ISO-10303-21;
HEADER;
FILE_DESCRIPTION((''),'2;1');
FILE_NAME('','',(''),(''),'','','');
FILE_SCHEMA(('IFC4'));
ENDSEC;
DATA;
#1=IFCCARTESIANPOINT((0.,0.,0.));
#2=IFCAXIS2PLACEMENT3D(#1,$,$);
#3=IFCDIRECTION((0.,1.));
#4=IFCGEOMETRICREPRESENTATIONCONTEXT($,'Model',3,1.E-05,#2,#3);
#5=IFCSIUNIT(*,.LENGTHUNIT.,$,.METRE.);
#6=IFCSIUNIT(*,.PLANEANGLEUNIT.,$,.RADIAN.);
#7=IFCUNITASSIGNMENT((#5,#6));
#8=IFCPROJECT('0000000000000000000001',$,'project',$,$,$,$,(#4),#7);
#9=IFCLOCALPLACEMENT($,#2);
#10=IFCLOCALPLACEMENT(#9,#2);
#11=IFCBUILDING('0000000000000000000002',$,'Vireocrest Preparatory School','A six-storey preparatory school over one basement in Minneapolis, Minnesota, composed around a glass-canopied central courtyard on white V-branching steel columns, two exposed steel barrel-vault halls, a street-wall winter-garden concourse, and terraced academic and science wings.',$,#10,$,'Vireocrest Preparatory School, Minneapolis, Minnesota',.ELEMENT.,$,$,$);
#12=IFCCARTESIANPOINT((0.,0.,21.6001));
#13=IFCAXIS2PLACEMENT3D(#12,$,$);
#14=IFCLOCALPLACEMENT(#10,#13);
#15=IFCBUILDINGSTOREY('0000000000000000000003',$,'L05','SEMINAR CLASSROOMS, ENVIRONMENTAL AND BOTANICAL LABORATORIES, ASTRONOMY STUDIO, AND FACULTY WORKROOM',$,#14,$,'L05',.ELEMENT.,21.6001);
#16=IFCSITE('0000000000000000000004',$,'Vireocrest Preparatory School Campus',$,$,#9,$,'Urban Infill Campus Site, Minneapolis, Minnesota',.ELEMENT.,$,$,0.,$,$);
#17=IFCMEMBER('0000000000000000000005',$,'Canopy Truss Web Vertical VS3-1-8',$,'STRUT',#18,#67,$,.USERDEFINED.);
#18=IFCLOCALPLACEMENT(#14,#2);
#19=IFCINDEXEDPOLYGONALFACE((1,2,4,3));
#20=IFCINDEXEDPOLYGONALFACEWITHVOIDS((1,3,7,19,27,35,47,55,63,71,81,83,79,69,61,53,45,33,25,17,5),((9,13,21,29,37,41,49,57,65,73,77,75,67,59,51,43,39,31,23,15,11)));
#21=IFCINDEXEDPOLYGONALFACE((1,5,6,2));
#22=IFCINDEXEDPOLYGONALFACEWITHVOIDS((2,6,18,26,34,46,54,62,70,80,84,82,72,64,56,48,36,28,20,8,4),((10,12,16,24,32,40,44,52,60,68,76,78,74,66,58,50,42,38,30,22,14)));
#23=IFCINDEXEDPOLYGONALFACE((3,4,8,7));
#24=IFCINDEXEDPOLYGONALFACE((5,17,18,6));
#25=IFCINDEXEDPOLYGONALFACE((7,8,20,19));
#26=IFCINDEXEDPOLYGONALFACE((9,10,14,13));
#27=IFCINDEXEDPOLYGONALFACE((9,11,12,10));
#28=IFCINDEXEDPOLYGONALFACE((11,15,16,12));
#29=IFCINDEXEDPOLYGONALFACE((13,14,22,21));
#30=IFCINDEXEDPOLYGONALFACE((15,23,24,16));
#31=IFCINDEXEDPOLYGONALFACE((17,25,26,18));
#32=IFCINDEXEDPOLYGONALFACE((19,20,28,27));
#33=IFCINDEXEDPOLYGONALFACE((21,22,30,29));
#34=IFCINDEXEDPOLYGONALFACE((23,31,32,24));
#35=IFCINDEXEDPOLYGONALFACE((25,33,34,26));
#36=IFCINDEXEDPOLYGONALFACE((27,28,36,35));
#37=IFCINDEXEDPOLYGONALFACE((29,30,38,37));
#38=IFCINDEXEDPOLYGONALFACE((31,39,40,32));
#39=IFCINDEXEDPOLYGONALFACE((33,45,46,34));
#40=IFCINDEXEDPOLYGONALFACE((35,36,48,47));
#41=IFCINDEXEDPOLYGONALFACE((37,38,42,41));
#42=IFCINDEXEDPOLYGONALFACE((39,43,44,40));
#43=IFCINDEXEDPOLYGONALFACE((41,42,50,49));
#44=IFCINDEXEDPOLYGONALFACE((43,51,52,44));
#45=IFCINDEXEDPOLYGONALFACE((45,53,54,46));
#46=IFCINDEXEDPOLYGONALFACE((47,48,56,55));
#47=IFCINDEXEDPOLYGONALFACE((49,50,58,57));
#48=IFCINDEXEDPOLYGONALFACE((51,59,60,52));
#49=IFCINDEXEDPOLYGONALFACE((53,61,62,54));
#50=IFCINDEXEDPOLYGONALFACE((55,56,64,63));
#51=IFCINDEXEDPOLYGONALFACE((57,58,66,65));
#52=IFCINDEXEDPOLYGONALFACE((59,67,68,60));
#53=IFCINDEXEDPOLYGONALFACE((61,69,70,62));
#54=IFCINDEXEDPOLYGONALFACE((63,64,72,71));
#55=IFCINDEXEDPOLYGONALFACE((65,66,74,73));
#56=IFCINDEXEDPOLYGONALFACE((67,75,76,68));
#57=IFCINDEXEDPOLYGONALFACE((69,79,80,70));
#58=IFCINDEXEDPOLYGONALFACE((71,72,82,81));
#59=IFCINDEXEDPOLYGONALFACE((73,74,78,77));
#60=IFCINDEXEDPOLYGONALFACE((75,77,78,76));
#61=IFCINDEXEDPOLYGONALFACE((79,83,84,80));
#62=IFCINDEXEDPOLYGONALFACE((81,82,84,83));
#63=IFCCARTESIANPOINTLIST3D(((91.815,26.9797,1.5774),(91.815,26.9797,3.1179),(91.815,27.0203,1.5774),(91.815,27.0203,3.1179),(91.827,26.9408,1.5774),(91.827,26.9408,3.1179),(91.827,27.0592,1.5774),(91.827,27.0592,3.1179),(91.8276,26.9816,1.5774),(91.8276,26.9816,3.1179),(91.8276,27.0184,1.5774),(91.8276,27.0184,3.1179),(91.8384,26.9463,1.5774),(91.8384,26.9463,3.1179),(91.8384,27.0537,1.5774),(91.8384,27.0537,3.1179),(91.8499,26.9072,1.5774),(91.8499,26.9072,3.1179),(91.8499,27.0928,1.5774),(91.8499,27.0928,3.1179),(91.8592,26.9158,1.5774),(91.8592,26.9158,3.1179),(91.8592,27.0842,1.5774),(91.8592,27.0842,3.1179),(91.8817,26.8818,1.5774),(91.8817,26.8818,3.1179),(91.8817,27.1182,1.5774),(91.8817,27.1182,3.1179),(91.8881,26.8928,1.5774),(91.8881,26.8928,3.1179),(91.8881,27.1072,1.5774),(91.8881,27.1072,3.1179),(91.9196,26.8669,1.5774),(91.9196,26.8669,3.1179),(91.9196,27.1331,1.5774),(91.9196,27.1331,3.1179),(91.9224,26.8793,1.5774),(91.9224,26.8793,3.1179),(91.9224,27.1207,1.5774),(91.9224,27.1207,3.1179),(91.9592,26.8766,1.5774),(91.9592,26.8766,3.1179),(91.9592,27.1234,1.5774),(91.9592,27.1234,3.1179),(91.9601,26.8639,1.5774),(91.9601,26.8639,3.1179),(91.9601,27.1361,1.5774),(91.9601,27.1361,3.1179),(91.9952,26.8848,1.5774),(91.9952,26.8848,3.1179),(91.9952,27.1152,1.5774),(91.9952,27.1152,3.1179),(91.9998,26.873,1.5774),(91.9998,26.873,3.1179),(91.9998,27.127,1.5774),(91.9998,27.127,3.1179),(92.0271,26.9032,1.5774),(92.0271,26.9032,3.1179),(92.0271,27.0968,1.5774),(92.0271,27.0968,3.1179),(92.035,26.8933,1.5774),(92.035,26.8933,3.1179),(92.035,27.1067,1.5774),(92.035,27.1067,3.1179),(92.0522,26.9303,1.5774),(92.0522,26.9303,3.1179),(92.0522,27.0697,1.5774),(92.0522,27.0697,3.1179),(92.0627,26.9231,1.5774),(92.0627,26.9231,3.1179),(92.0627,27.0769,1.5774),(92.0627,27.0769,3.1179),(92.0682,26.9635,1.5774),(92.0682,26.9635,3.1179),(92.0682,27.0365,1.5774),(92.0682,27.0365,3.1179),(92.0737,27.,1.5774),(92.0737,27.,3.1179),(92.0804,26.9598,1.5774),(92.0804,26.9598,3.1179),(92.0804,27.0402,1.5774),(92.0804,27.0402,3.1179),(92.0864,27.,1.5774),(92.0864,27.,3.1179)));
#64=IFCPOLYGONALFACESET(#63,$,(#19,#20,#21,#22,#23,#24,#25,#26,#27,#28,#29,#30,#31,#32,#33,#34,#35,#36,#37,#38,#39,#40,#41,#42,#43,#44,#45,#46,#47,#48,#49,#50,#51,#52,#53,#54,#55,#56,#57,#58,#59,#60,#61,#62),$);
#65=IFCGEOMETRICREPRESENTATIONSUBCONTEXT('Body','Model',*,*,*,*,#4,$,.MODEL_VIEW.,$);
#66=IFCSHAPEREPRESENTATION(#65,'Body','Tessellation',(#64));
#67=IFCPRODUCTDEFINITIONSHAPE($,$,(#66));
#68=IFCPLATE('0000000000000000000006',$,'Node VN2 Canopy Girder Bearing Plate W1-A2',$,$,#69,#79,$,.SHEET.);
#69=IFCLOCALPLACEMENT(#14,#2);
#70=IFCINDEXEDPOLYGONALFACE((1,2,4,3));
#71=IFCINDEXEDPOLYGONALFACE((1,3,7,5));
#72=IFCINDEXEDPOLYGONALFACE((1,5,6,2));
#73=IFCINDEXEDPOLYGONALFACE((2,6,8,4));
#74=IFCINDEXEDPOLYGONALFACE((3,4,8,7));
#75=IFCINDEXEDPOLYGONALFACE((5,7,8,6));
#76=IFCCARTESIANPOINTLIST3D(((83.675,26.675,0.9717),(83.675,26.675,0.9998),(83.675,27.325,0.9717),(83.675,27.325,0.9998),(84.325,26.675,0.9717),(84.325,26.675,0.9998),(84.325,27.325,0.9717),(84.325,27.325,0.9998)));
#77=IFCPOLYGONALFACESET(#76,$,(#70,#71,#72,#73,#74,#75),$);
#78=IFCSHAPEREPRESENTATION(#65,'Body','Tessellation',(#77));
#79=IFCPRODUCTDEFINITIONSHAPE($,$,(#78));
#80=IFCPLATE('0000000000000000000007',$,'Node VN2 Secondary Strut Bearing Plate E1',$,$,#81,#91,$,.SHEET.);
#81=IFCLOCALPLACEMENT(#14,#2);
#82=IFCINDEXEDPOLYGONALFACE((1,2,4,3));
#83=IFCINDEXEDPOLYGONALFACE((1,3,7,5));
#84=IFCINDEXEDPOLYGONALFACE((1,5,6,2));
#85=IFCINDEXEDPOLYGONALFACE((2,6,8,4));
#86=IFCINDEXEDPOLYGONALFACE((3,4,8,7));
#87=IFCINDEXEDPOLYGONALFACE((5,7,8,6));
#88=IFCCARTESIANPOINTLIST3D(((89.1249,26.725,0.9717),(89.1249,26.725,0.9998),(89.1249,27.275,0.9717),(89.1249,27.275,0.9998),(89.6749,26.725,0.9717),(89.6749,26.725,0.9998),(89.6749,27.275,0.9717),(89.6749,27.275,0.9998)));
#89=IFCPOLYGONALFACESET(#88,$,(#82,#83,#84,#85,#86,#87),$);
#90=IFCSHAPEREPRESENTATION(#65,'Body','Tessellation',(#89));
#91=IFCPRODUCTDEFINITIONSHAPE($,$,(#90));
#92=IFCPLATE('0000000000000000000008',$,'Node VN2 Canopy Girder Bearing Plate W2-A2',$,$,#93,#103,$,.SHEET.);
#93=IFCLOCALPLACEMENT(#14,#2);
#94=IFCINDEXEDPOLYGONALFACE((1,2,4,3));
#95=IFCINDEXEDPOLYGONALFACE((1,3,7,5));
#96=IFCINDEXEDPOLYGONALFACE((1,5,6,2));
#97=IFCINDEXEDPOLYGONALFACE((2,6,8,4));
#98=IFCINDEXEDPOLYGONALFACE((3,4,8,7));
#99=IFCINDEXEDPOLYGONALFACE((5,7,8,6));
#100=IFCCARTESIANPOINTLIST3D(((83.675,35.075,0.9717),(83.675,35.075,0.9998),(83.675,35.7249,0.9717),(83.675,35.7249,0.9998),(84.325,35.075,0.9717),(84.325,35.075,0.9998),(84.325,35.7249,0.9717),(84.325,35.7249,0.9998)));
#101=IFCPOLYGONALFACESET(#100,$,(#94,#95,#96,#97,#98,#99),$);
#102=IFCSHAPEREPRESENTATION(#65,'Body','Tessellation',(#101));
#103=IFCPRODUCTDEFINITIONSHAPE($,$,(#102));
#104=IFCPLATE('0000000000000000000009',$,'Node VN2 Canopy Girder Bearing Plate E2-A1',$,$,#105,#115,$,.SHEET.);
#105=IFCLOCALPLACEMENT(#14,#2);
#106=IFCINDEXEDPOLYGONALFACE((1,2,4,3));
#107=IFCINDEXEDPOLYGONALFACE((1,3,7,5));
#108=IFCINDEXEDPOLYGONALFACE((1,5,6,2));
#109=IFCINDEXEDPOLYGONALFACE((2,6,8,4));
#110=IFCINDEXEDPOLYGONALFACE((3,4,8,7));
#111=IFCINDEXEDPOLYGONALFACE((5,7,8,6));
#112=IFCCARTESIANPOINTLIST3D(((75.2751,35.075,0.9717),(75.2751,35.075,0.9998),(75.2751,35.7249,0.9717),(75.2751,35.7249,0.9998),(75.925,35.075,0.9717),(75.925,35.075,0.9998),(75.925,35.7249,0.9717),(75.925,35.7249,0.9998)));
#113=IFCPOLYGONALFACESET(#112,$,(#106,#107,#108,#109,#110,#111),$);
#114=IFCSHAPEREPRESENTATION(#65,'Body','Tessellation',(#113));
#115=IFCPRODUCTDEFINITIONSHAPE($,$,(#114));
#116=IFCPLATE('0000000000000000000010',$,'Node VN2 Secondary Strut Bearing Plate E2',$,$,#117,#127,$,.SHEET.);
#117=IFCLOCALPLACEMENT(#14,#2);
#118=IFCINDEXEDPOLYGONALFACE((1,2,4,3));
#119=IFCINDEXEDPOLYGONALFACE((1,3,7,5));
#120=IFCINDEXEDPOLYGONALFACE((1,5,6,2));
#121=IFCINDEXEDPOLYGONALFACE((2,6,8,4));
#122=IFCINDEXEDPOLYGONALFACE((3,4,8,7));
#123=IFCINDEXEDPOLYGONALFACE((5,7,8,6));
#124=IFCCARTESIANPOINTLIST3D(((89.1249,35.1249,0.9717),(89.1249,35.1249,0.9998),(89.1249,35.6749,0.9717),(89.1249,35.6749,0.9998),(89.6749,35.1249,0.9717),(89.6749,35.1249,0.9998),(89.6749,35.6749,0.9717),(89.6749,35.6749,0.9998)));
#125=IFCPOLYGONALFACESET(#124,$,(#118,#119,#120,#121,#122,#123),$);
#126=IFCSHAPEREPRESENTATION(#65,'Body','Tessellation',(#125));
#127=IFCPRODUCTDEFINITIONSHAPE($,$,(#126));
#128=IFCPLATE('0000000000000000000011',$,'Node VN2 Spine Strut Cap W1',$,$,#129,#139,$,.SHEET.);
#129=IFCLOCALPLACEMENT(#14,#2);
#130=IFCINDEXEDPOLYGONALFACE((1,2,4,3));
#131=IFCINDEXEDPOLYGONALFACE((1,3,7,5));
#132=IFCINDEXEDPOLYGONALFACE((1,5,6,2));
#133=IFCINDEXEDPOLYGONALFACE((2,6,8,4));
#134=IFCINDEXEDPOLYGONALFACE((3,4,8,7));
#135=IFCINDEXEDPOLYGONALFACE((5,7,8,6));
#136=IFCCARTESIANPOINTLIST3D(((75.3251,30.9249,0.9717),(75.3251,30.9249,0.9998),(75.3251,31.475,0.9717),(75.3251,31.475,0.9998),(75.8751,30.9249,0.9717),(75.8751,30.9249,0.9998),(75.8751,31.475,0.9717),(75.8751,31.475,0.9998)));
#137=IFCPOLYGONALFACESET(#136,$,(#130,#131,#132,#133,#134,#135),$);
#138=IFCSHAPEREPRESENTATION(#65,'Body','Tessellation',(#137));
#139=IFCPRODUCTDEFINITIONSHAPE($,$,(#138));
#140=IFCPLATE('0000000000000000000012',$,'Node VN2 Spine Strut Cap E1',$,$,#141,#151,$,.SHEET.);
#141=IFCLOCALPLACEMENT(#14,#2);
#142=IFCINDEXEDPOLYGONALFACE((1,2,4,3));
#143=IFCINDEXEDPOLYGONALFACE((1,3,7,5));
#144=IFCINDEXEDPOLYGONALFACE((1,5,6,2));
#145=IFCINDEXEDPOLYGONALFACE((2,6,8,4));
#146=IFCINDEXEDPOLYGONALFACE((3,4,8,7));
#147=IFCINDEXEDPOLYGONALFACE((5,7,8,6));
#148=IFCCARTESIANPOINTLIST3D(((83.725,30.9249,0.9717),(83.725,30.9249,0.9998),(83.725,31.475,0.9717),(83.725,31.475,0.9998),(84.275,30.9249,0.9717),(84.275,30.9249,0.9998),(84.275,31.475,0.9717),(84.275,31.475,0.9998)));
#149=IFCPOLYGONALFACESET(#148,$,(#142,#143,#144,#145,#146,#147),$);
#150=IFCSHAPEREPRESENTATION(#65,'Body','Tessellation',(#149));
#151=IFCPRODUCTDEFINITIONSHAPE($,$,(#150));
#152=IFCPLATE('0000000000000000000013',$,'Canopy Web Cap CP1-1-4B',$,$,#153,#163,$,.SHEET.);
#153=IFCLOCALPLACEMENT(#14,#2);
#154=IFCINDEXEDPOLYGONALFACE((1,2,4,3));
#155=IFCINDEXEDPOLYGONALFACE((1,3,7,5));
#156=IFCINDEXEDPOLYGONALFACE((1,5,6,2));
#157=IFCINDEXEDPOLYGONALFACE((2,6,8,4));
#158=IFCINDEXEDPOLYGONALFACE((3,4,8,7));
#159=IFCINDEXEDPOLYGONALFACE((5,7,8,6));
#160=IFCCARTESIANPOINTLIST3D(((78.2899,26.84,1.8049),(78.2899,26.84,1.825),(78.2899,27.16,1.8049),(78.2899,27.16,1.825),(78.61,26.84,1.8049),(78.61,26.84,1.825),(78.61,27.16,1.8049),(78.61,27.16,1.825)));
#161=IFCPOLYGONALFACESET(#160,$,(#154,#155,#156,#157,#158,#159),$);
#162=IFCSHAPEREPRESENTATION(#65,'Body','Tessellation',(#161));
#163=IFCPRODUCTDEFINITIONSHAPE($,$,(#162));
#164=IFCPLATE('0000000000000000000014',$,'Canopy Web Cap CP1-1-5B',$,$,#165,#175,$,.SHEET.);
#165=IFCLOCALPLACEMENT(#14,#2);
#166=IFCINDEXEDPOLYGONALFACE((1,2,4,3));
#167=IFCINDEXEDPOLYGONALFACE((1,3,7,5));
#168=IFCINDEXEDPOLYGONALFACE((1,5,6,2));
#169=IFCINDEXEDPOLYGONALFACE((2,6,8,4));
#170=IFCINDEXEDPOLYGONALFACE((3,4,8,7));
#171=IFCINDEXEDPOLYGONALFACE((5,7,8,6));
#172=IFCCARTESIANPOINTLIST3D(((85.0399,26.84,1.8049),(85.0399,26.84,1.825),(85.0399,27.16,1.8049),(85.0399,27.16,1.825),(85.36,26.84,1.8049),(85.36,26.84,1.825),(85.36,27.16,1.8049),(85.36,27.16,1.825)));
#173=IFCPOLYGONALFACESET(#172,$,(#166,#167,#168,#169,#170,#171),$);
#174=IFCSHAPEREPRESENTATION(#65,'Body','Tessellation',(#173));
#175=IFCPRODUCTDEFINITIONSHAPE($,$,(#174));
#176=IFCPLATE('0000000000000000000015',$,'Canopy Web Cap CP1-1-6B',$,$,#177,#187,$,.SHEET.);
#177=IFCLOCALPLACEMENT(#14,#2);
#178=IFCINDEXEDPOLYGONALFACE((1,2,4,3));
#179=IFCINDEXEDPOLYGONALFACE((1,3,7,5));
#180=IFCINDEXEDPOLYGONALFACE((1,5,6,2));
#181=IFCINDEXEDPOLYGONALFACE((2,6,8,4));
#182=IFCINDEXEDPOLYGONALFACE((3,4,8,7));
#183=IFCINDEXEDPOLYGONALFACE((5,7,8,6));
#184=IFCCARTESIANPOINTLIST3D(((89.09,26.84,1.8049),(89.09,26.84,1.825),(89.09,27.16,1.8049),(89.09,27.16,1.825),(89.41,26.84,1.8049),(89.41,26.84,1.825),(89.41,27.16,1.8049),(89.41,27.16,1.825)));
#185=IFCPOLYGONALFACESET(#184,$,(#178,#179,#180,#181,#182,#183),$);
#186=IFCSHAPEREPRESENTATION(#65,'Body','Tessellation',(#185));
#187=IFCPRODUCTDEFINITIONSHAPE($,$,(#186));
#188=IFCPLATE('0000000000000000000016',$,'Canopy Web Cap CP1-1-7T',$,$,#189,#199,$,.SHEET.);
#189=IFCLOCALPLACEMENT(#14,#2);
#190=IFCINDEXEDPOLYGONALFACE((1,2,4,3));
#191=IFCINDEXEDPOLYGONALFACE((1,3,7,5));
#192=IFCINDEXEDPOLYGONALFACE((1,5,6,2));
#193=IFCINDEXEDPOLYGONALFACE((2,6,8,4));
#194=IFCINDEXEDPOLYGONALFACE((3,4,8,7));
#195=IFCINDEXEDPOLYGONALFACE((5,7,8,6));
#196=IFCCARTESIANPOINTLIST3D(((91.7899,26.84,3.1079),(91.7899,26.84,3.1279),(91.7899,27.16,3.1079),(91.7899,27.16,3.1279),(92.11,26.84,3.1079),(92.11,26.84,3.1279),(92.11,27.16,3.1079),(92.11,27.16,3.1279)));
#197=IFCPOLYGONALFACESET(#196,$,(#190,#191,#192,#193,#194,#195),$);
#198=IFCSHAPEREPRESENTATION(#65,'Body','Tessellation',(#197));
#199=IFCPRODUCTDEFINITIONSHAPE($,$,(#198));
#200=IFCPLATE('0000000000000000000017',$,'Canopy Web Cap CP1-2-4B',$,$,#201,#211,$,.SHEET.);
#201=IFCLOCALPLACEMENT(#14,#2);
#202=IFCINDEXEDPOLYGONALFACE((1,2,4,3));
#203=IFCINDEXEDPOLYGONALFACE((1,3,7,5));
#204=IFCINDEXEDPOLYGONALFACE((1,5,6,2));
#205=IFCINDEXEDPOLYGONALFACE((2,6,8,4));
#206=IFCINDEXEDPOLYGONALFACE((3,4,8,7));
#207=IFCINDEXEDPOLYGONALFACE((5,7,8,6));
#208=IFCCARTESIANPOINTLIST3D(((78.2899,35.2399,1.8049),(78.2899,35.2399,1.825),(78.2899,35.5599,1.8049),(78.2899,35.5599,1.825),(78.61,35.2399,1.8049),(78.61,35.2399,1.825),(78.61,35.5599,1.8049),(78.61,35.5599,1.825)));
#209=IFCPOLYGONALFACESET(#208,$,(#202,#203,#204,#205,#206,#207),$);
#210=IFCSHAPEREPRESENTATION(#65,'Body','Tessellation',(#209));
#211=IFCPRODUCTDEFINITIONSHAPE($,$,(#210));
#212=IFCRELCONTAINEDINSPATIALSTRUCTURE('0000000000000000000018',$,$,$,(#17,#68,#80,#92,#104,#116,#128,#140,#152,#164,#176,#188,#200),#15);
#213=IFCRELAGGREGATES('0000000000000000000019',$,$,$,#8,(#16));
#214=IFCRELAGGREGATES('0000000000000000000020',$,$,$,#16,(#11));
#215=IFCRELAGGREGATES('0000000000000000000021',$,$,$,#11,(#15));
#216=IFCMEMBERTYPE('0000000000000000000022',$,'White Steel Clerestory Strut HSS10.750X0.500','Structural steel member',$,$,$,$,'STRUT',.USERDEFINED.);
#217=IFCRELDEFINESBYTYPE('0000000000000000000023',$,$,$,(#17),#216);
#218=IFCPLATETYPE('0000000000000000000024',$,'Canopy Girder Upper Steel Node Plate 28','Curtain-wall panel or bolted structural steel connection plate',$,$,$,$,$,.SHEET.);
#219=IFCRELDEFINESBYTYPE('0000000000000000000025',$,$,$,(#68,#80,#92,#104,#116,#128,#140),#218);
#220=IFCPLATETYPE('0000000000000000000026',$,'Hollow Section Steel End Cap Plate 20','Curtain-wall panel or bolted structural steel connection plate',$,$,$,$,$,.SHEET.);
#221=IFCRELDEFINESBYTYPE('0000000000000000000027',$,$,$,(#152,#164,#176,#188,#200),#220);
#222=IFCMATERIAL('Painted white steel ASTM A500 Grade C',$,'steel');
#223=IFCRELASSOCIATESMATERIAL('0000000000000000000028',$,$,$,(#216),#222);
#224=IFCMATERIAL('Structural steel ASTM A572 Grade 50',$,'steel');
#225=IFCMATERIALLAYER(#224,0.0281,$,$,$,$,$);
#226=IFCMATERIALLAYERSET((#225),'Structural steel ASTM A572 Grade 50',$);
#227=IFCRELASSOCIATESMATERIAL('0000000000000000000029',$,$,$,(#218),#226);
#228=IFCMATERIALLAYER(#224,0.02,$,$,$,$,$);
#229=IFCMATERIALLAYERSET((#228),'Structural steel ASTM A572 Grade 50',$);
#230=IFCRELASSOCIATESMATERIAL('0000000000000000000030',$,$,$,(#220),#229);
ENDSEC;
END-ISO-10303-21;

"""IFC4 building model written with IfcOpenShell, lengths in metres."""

from ifc_helpers import new_model, si_unit, direction, frame, origin, origin_2d, place, context, subcontext, project, spatial, rectangle, hollow_circle, extrude, material, layer, layer_set, material_profile, profile_set, type_object, element, save


model = new_model("IFC4")

# Units and contexts
model_context = context("Model", 3, precision=1e-05, world=origin(), true_north=direction((0.0, 1.0)))
body_context = subcontext(model_context, "Body", "Model", "MODEL_VIEW")
ifc_project = project(units=[si_unit("LENGTHUNIT", "METRE"), si_unit("PLANEANGLEUNIT", "RADIAN")], contexts=[model_context])

# Site, building, storey
site_placement = place(None, origin())
site = spatial("IfcSite", under=ifc_project, at=site_placement, Name="Vireocrest Preparatory School Campus", LongName="Urban Infill Campus Site, Minneapolis, Minnesota", CompositionType="ELEMENT", RefElevation=0.0)
building_placement = place(site_placement, origin())
building = spatial("IfcBuilding", under=site, at=building_placement, Name="Vireocrest Preparatory School", Description="A six-storey preparatory school over one basement in Minneapolis, Minnesota, composed around a glass-canopied central courtyard on white V-branching steel columns, two exposed steel barrel-vault halls, a street-wall winter-garden concourse, and terraced academic and science wings.", LongName="Vireocrest Preparatory School, Minneapolis, Minnesota", CompositionType="ELEMENT")
storey_placement = place(building_placement, frame((0.0, 0.0, 21.6001)))
storey = spatial("IfcBuildingStorey", under=building, at=storey_placement, Name="L05", Description="SEMINAR CLASSROOMS, ENVIRONMENTAL AND BOTANICAL LABORATORIES, ASTRONOMY STUDIO, AND FACULTY WORKROOM", LongName="L05", CompositionType="ELEMENT", Elevation=21.6001)

# Shared definitions
ifc_material_1 = material(Name="Painted white steel ASTM A500 Grade C", Category="steel")

# Member
ifc_material_profile_1 = material_profile(ifc_material_1, hollow_circle(Radius=0.1365, WallThickness=0.0127, at=origin_2d()), Name="HSS10.750X0.500")
ifc_profile_set_1 = profile_set([ifc_material_profile_1], Name="Painted white steel ASTM A500 Grade C")
member_type_1 = type_object("IfcMemberType", Name="White Steel Clerestory Strut HSS10.750X0.500", Description="Structural steel member", ElementType="STRUT", PredefinedType="USERDEFINED", material=ifc_profile_set_1)
member_1_placement = place(storey_placement, frame((91.95, 27.0, 1.5774), z_axis=(0.0, 0.0, 1.0), x_axis=(1.0, 0.0, 0.0)))
element("IfcMember", 1, at=member_1_placement, inside=storey, type_object=member_type_1, Name="Canopy Truss Web Vertical VS3-1-8", ObjectType="STRUT", PredefinedType="USERDEFINED", context=body_context, shape_type="SweptSolid", body=[
    extrude(hollow_circle(Radius=0.1365, WallThickness=0.0127, at=origin_2d()), origin(), (0.0, 0.0, 1.0), 1.5405),
])

# Plates
ifc_material_2 = material(Name="Structural steel ASTM A572 Grade 50", Category="steel")
ifc_layer_1 = layer(ifc_material_2, 0.0281)
ifc_layer_set_1 = layer_set([ifc_layer_1], Name="Structural steel ASTM A572 Grade 50")
plate_type_1 = type_object("IfcPlateType", Name="Canopy Girder Upper Steel Node Plate 28", Description="Curtain-wall panel or bolted structural steel connection plate", PredefinedType="SHEET", material=ifc_layer_set_1)
plate_1_placement = place(storey_placement, frame((84.0, 27.0, 0.9717), z_axis=(0.0, 0.0, 1.0), x_axis=(1.0, 0.0, 0.0)))
element("IfcPlate", 2, at=plate_1_placement, inside=storey, type_object=plate_type_1, Name="Node VN2 Canopy Girder Bearing Plate W1-A2", PredefinedType="SHEET", context=body_context, shape_type="SweptSolid", body=[
    extrude(rectangle(XDim=0.6499, YDim=0.6499, at=origin_2d()), origin(), (0.0, 0.0, 1.0), 0.0281),
])
plate_2_placement = place(storey_placement, frame((89.3999, 27.0, 0.9717), z_axis=(0.0, 0.0, 1.0), x_axis=(1.0, 0.0, 0.0)))
element("IfcPlate", 3, at=plate_2_placement, inside=storey, type_object=plate_type_1, Name="Node VN2 Secondary Strut Bearing Plate E1", PredefinedType="SHEET", context=body_context, shape_type="SweptSolid", body=[
    extrude(rectangle(XDim=0.55, YDim=0.55, at=origin_2d()), origin(), (0.0, 0.0, 1.0), 0.0281),
])
for number, where, z_axis, x_axis, name in (
    (4, (84.0, 35.3999, 0.9717), (0.0, 0.0, 1.0), (1.0, 0.0, 0.0), "Node VN2 Canopy Girder Bearing Plate W2-A2"),
    (5, (75.6001, 35.3999, 0.9717), (0.0, 0.0, 1.0), (1.0, 0.0, 0.0), "Node VN2 Canopy Girder Bearing Plate E2-A1"),
):
    element("IfcPlate", number, at=place(storey_placement, frame(where, z_axis=z_axis, x_axis=x_axis)), inside=storey, type_object=plate_type_1, Name=name, PredefinedType="SHEET", context=body_context, shape_type="SweptSolid", body=[
        extrude(rectangle(XDim=0.6499, YDim=0.6499, at=origin_2d()), origin(), (0.0, 0.0, 1.0), 0.0281),
    ])
for number, where, z_axis, x_axis, name in (
    (6, (89.3999, 35.3999, 0.9717), (0.0, 0.0, 1.0), (1.0, 0.0, 0.0), "Node VN2 Secondary Strut Bearing Plate E2"),
    (7, (75.6001, 31.2, 0.9717), (0.0, 0.0, 1.0), (1.0, 0.0, 0.0), "Node VN2 Spine Strut Cap W1"),
    (8, (84.0, 31.2, 0.9717), (0.0, 0.0, 1.0), (1.0, 0.0, 0.0), "Node VN2 Spine Strut Cap E1"),
):
    element("IfcPlate", number, at=place(storey_placement, frame(where, z_axis=z_axis, x_axis=x_axis)), inside=storey, type_object=plate_type_1, Name=name, PredefinedType="SHEET", context=body_context, shape_type="SweptSolid", body=[
        extrude(rectangle(XDim=0.55, YDim=0.55, at=origin_2d()), origin(), (0.0, 0.0, 1.0), 0.0281),
    ])
ifc_layer_2 = layer(ifc_material_2, 0.02)
ifc_layer_set_2 = layer_set([ifc_layer_2], Name="Structural steel ASTM A572 Grade 50")
plate_type_2 = type_object("IfcPlateType", Name="Hollow Section Steel End Cap Plate 20", Description="Curtain-wall panel or bolted structural steel connection plate", PredefinedType="SHEET", material=ifc_layer_set_2)
for number, where, z_axis, x_axis, name in (
    (9, (78.45, 27.0, 1.8049), (0.0, 0.0, 1.0), (1.0, 0.0, 0.0), "Canopy Web Cap CP1-1-4B"),
    (10, (85.2, 27.0, 1.8049), (0.0, 0.0, 1.0), (1.0, 0.0, 0.0), "Canopy Web Cap CP1-1-5B"),
    (11, (89.25, 27.0, 1.8049), (0.0, 0.0, 1.0), (1.0, 0.0, 0.0), "Canopy Web Cap CP1-1-6B"),
    (12, (91.95, 27.0, 3.1079), (0.0, 0.0, 1.0), (1.0, 0.0, 0.0), "Canopy Web Cap CP1-1-7T"),
    (13, (78.45, 35.3999, 1.8049), (0.0, 0.0, 1.0), (1.0, 0.0, 0.0), "Canopy Web Cap CP1-2-4B"),
):
    element("IfcPlate", number, at=place(storey_placement, frame(where, z_axis=z_axis, x_axis=x_axis)), inside=storey, type_object=plate_type_2, Name=name, PredefinedType="SHEET", context=body_context, shape_type="SweptSolid", body=[
        extrude(rectangle(XDim=0.3201, YDim=0.3201, at=origin_2d()), origin(), (0.0, 0.0, 1.0), 0.02),
    ])

save(model, "model.ifc")
